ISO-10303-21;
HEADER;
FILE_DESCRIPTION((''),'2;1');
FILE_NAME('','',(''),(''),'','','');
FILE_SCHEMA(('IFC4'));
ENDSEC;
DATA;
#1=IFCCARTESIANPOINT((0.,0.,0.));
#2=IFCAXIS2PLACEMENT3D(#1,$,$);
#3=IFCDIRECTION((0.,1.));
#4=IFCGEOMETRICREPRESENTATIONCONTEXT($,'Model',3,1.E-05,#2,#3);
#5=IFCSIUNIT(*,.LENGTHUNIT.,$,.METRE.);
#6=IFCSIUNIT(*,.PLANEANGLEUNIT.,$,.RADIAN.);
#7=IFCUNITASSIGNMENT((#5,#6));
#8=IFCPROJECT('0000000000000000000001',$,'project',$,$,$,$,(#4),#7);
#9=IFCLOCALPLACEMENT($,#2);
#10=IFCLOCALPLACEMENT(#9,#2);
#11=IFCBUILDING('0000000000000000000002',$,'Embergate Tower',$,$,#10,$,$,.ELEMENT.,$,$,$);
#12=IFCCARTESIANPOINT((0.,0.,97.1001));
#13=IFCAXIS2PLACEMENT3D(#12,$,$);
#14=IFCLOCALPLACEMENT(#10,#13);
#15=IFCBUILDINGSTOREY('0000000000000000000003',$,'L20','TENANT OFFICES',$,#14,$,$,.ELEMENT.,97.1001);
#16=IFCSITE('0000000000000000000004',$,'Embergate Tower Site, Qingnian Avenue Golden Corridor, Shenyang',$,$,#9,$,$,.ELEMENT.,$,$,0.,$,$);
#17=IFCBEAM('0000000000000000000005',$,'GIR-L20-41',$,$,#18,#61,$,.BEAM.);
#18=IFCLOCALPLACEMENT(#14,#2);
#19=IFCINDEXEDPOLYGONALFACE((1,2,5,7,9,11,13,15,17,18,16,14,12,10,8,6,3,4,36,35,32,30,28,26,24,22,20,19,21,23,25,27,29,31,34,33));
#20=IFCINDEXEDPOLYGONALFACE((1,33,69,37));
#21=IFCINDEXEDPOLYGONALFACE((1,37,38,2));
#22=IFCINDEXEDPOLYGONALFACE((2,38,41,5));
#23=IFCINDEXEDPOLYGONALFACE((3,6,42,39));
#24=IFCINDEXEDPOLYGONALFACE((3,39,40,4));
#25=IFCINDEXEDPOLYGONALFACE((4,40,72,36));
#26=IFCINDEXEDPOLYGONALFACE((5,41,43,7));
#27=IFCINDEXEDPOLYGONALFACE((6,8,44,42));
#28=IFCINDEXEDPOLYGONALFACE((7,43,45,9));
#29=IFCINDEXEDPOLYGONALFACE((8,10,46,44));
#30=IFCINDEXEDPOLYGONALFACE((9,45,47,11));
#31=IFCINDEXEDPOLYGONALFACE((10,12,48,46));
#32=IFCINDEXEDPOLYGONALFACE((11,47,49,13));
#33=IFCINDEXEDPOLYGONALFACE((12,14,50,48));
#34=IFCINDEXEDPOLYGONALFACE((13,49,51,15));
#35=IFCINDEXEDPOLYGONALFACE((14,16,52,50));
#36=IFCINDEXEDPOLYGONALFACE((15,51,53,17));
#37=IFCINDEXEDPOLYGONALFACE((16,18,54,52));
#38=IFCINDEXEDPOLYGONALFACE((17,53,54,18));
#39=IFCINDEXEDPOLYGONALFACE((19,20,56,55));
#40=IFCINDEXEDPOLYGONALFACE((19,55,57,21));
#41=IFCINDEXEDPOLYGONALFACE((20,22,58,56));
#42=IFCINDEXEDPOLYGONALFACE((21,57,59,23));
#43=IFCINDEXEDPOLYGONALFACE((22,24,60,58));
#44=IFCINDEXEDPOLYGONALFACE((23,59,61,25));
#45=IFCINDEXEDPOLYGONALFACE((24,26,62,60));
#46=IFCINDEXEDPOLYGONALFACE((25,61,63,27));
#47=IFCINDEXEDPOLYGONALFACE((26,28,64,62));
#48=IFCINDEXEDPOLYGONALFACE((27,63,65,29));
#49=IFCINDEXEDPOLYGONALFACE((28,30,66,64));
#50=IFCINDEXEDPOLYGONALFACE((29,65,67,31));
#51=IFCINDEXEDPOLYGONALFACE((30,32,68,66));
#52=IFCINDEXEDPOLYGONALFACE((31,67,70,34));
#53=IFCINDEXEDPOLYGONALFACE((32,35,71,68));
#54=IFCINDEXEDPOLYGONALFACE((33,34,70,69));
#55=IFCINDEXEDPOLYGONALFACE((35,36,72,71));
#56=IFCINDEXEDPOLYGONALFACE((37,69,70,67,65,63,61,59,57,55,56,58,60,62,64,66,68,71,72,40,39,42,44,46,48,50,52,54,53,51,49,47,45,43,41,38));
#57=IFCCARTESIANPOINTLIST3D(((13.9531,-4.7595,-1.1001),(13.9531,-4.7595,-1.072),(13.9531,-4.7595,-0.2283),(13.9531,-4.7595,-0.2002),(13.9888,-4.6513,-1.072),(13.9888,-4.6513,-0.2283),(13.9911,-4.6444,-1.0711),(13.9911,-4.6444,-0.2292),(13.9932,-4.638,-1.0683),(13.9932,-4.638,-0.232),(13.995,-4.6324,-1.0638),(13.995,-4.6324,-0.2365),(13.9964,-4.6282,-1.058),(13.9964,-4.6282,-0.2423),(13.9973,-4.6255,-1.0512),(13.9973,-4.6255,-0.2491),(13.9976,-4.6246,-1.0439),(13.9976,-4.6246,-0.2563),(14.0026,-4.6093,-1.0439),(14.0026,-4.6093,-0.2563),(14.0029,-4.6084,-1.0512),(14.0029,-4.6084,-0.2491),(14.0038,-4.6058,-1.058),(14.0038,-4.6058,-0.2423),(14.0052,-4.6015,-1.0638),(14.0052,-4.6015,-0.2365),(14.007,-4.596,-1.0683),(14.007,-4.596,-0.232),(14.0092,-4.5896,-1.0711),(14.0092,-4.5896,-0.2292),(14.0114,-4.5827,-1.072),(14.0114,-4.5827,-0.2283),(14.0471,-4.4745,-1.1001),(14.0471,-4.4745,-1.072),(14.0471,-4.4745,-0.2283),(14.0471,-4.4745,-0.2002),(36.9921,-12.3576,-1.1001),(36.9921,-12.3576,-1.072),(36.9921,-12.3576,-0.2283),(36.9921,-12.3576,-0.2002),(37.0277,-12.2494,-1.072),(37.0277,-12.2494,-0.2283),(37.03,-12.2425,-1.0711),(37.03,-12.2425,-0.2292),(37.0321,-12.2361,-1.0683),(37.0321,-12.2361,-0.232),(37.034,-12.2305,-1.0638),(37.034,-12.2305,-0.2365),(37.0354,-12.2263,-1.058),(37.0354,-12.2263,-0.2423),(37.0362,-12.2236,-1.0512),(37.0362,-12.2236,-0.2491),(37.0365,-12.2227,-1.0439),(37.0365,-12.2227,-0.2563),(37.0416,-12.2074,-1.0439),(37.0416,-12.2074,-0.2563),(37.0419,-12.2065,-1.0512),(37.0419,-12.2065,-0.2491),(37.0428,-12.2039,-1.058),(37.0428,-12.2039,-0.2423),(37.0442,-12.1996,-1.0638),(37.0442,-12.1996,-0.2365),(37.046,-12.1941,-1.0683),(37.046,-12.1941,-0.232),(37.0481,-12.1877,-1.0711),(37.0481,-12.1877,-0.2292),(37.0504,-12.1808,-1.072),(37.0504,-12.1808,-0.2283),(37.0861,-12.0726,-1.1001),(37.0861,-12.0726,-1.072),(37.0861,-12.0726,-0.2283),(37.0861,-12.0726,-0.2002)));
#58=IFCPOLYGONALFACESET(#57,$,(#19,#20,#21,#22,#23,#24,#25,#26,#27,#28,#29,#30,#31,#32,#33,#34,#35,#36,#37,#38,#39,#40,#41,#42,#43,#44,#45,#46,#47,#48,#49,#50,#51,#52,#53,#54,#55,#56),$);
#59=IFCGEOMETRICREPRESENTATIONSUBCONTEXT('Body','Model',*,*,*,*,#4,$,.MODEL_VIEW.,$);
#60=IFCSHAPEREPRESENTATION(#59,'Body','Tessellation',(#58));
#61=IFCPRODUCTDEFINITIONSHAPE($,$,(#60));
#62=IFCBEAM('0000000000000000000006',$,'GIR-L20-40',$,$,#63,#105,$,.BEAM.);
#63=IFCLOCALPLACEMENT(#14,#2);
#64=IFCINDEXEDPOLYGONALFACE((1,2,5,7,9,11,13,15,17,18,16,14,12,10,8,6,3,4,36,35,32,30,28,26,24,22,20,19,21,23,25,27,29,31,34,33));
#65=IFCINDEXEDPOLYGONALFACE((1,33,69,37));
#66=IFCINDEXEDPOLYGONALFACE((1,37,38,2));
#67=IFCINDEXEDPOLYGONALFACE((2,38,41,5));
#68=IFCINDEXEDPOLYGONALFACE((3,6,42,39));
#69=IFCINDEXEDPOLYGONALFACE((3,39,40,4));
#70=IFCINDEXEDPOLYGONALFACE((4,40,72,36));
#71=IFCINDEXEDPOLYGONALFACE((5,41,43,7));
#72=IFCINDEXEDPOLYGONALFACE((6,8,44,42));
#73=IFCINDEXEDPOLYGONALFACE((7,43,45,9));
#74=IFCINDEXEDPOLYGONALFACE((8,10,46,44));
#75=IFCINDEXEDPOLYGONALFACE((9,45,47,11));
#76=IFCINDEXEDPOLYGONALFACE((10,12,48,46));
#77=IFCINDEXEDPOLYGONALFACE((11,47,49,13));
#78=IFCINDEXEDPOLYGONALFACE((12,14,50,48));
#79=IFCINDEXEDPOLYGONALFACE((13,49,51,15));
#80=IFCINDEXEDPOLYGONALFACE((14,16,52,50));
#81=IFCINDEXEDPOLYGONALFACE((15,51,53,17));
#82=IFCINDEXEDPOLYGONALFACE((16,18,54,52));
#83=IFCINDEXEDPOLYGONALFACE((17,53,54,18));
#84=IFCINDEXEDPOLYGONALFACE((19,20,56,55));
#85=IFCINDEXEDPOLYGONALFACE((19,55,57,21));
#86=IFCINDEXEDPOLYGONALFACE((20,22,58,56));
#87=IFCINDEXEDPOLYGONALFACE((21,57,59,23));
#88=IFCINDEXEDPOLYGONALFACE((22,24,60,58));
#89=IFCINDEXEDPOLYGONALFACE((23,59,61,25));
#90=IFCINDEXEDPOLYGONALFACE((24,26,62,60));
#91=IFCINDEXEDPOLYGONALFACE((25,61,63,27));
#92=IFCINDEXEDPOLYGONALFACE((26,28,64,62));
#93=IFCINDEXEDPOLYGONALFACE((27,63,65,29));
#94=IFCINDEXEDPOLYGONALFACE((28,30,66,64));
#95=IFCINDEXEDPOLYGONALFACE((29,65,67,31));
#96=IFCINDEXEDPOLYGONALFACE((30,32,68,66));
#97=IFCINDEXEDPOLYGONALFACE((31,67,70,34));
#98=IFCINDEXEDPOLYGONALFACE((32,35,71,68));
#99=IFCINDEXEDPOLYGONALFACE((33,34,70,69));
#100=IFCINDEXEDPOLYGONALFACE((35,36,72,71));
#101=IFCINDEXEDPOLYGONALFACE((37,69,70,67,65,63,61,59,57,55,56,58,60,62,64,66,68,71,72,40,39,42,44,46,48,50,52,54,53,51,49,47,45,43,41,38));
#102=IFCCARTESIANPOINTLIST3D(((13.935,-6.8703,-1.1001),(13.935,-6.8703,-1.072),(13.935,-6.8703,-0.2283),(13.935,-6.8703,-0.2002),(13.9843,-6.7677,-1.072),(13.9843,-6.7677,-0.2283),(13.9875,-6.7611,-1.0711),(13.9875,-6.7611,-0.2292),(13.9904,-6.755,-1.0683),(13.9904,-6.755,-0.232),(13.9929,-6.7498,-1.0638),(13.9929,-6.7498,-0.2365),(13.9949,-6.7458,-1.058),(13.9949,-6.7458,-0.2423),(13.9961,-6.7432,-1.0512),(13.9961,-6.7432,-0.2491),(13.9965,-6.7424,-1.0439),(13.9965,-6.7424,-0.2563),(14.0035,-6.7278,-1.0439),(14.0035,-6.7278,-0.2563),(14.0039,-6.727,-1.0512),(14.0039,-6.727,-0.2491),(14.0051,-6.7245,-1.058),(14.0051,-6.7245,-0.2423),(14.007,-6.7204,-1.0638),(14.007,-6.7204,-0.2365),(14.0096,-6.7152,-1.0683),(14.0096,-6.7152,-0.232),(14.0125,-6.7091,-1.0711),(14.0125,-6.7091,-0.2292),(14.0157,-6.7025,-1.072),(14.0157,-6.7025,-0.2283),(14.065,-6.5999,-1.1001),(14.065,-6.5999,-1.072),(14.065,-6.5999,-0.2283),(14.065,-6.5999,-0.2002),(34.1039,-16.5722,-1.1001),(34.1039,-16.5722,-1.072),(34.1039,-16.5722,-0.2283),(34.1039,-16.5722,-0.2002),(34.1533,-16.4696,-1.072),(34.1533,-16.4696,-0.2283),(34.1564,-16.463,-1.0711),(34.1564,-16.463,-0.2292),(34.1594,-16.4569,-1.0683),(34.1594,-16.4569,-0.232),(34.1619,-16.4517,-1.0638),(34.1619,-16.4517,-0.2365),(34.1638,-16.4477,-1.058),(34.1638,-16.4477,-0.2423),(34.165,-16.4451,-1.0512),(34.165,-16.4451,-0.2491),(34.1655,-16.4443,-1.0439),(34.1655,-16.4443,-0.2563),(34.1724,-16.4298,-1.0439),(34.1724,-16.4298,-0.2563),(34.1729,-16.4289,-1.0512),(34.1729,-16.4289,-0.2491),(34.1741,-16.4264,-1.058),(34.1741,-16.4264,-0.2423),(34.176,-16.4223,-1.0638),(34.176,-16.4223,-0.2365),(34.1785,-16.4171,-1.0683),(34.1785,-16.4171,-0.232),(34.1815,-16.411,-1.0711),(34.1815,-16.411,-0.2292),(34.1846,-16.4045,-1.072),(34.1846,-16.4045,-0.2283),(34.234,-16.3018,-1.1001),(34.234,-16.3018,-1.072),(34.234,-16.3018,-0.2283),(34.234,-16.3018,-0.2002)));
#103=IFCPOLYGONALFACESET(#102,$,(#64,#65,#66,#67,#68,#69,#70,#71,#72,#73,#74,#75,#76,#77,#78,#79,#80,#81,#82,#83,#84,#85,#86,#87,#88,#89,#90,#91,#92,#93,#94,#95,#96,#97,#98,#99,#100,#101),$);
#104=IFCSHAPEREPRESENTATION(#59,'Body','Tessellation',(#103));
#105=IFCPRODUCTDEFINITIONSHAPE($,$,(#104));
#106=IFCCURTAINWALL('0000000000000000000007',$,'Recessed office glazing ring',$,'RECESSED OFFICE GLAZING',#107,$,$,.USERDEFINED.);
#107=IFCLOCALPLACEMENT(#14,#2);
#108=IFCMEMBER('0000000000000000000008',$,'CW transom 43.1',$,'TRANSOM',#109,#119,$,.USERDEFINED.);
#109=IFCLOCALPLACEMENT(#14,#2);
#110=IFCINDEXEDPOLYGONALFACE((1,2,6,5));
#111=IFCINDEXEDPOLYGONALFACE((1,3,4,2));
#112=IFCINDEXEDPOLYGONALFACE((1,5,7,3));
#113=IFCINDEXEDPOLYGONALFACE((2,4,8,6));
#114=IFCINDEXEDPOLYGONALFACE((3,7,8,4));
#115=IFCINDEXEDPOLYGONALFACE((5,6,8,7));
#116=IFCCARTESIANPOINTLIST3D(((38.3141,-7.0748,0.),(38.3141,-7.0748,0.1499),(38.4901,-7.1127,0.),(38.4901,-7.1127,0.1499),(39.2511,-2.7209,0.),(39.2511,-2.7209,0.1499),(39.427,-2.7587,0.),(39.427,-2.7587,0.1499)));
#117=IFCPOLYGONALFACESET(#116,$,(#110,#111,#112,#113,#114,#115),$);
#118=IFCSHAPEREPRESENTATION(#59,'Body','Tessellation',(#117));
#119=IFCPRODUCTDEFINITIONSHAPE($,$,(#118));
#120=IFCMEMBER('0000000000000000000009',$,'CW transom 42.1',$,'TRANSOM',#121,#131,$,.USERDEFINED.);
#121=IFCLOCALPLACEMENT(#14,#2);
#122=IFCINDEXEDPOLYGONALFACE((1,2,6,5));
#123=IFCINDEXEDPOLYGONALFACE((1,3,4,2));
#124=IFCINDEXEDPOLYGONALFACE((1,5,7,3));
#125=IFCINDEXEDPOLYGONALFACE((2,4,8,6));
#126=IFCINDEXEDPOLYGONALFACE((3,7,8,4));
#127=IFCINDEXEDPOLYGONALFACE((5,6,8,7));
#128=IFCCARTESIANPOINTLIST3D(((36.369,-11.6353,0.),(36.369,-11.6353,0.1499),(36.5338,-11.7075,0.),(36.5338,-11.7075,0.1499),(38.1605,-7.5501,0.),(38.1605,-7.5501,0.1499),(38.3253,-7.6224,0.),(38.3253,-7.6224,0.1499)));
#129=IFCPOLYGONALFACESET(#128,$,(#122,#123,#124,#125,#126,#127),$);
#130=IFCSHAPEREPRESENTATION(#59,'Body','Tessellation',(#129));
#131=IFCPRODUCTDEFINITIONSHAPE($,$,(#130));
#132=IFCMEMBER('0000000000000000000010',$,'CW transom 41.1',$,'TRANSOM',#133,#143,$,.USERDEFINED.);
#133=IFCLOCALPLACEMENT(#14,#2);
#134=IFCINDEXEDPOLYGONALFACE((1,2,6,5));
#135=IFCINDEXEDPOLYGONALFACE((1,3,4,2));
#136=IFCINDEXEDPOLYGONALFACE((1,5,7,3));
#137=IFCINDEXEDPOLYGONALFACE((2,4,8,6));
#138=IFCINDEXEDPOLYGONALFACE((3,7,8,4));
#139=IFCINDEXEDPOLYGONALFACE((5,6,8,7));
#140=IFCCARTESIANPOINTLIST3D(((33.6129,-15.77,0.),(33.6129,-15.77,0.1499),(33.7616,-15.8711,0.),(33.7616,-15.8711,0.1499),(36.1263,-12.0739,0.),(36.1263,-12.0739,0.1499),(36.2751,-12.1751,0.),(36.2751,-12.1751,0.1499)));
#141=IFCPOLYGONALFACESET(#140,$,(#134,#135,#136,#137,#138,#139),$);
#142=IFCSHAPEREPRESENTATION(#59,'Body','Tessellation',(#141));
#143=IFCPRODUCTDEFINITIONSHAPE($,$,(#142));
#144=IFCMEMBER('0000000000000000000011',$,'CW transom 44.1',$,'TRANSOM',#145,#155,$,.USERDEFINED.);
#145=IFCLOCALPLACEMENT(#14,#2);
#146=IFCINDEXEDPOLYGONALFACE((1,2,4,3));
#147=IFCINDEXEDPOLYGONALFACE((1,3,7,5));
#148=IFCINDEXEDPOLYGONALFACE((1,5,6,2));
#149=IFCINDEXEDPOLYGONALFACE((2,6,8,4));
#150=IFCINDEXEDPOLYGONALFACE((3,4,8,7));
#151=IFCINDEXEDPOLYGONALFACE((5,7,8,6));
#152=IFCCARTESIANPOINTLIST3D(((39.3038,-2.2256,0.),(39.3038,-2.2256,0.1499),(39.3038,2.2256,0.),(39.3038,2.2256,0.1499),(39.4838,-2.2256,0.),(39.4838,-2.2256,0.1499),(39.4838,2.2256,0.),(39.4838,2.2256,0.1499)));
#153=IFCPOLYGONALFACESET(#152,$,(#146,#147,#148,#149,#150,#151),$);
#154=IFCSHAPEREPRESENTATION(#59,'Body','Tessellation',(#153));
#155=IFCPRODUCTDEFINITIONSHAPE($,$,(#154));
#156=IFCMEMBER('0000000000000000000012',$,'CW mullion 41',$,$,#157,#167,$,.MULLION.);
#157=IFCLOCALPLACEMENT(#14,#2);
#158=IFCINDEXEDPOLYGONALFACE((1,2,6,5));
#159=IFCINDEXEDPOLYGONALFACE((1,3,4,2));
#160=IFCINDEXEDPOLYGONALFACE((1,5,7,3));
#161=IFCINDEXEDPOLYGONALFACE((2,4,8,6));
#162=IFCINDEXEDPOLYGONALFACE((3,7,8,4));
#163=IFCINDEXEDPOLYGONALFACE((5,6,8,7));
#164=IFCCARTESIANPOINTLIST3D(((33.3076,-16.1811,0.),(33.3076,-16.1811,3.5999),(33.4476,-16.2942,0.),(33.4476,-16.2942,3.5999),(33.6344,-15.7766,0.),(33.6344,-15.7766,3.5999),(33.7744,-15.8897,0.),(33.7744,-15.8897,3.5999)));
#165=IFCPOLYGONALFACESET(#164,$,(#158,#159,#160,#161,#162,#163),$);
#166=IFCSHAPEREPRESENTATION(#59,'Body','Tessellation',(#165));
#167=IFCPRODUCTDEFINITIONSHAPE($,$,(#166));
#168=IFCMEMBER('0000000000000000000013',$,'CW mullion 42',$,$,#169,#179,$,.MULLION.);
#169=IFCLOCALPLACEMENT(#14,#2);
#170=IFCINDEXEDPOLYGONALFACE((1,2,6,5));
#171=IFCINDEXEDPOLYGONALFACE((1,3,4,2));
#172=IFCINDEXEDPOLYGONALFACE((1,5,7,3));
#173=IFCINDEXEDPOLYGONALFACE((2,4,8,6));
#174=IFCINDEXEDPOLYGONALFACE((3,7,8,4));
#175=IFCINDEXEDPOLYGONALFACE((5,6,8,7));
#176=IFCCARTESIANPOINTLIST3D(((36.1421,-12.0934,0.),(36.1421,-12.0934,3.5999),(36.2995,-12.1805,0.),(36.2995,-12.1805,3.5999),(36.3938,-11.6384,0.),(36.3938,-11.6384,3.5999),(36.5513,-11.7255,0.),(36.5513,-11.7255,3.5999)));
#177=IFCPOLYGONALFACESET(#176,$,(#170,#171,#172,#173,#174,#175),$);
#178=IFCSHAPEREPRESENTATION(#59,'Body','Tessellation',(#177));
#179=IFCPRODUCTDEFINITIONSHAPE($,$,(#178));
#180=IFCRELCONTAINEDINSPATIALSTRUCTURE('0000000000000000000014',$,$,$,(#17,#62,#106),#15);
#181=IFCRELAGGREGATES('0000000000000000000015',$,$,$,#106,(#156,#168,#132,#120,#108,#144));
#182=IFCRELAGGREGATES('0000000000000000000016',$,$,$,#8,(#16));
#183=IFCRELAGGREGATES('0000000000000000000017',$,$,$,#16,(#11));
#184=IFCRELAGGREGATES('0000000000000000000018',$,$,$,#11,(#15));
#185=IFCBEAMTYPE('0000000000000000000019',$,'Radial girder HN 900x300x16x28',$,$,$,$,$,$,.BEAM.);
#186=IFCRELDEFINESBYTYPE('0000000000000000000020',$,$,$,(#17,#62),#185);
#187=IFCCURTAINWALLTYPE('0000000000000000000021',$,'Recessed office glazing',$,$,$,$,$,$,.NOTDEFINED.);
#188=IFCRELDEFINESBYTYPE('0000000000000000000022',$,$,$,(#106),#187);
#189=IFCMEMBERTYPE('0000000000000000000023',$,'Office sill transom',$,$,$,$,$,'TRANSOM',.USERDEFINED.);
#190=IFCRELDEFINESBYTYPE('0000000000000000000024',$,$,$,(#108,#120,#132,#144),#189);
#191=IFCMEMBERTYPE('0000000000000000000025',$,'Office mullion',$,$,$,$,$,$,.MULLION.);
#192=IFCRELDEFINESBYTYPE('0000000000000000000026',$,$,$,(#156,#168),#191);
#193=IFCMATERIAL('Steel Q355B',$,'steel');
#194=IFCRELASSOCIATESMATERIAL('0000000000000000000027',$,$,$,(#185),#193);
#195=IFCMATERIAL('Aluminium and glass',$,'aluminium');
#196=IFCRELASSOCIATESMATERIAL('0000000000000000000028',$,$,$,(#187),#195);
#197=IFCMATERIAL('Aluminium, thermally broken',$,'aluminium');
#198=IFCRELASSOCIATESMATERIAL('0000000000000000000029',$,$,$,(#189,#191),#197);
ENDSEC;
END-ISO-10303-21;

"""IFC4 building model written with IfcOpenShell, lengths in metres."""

from ifc_helpers import new_model, si_unit, direction, frame, origin, origin_2d, place, context, subcontext, project, spatial, rectangle, i_section, extrude, source, transform, mapped, material, material_profile, profile_set, type_object, element, aggregate, save


model = new_model("IFC4")

# Units and contexts
model_context = context("Model", 3, precision=1e-05, world=origin(), true_north=direction((0.0, 1.0)))
body_context = subcontext(model_context, "Body", "Model", "MODEL_VIEW")
ifc_project = project(units=[si_unit("LENGTHUNIT", "METRE"), si_unit("PLANEANGLEUNIT", "RADIAN")], contexts=[model_context])

# Site, building, storey
site_placement = place(None, origin())
site = spatial("IfcSite", under=ifc_project, at=site_placement, Name="Embergate Tower Site, Qingnian Avenue Golden Corridor, Shenyang", CompositionType="ELEMENT", RefElevation=0.0)
building_placement = place(site_placement, origin())
building = spatial("IfcBuilding", under=site, at=building_placement, Name="Embergate Tower", CompositionType="ELEMENT")
storey_placement = place(building_placement, frame((0.0, 0.0, 97.1001)))
storey = spatial("IfcBuildingStorey", under=building, at=storey_placement, Name="L20", Description="TENANT OFFICES", CompositionType="ELEMENT", Elevation=97.1001)

# Beams
ifc_material_1 = material(Name="Steel Q355B", Category="steel")
ifc_material_profile_1 = material_profile(ifc_material_1, i_section(OverallWidth=0.3, OverallDepth=0.8999, WebThickness=0.0161, FlangeThickness=0.0281, FilletRadius=0.0281, at=origin_2d()), Name="HN 900x300x16x28")
ifc_profile_set_1 = profile_set([ifc_material_profile_1], Name="Steel Q355 grade B")
beam_type_1 = type_object("IfcBeamType", Name="Radial girder HN 900x300x16x28", PredefinedType="BEAM", material=ifc_profile_set_1)
shared_shape_1 = source(origin(), body_context, "Body", "SweptSolid", [
    extrude(i_section(OverallWidth=0.3, OverallDepth=0.8999, WebThickness=0.0161, FlangeThickness=0.0281, FilletRadius=0.0281, at=origin_2d()), origin(), (0.0, 0.0, 1.0), 24.2595),
])
beam_1_placement = place(storey_placement, frame((37.0391, -12.2151, -0.6501), z_axis=(-0.949687, 0.313201, 0.0), x_axis=(-0.313201, -0.949687, 0.0)))
element("IfcBeam", 1, at=beam_1_placement, inside=storey, type_object=beam_type_1, Name="GIR-L20-41", PredefinedType="BEAM", context=body_context, shape_type="MappedRepresentation", body=[
    mapped(shared_shape_1, transform((0.0, 0.0, 0.0))),
])
shared_shape_2 = source(origin(), body_context, "Body", "SweptSolid", [
    extrude(i_section(OverallWidth=0.3, OverallDepth=0.8999, WebThickness=0.0161, FlangeThickness=0.0281, FilletRadius=0.0281, at=origin_2d()), origin(), (0.0, 0.0, 1.0), 22.3811),
])
beam_2_placement = place(storey_placement, frame((34.1689, -16.437, -0.6501), z_axis=(-0.90116, 0.433487, 0.0), x_axis=(-0.433487, -0.90116, 0.0)))
element("IfcBeam", 2, at=beam_2_placement, inside=storey, type_object=beam_type_1, Name="GIR-L20-40", PredefinedType="BEAM", context=body_context, shape_type="MappedRepresentation", body=[
    mapped(shared_shape_2, transform((0.0, 0.0, 0.0))),
])

# Curtain wall, members
ifc_material_2 = material(Name="Aluminium and glass", Category="aluminium")
curtain_wall_type = type_object("IfcCurtainWallType", Name="Recessed office glazing", PredefinedType="NOTDEFINED", material=ifc_material_2)
curtain_wall_placement = place(storey_placement, origin())
curtain_wall = element("IfcCurtainWall", 3, at=curtain_wall_placement, inside=storey, type_object=curtain_wall_type, Name="Recessed office glazing ring", ObjectType="RECESSED OFFICE GLAZING", PredefinedType="USERDEFINED")
ifc_material_3 = material(Name="Aluminium, thermally broken", Category="aluminium")
ifc_material_profile_2 = material_profile(ifc_material_3, rectangle(XDim=0.1799, YDim=0.1499, at=origin_2d()), Name="AL 150x180")
ifc_profile_set_2 = profile_set([ifc_material_profile_2], Name="Aluminium, thermally broken")
member_type_1 = type_object("IfcMemberType", Name="Office sill transom", ElementType="TRANSOM", PredefinedType="USERDEFINED", material=ifc_profile_set_2)
shared_shape_3 = source(origin(), body_context, "Body", "SweptSolid", [
    extrude(rectangle(XDim=0.1799, YDim=0.1499, at=origin_2d()), origin(), (0.0, 0.0, 1.0), 4.4536),
])
member_1_placement = place(storey_placement, frame((38.4021, -7.0938, 0.075), z_axis=(0.21039, 0.977618, 0.0), x_axis=(-0.977618, 0.21039, 0.0)))
member_1 = element("IfcMember", 4, at=member_1_placement, type_object=member_type_1, Name="CW transom 43.1", ObjectType="TRANSOM", PredefinedType="USERDEFINED", context=body_context, shape_type="MappedRepresentation", body=[
    mapped(shared_shape_3, transform((0.0, 0.0, 0.0))),
])
shared_shape_4 = source(origin(), body_context, "Body", "SweptSolid", [
    extrude(rectangle(XDim=0.1799, YDim=0.1499, at=origin_2d()), origin(), (0.0, 0.0, 1.0), 4.4607),
])
member_2_placement = place(storey_placement, frame((36.4514, -11.6714, 0.075), z_axis=(0.401614, 0.915809, 0.0), x_axis=(-0.915809, 0.401614, 0.0)))
member_2 = element("IfcMember", 5, at=member_2_placement, type_object=member_type_1, Name="CW transom 42.1", ObjectType="TRANSOM", PredefinedType="USERDEFINED", context=body_context, shape_type="MappedRepresentation", body=[
    mapped(shared_shape_4, transform((0.0, 0.0, 0.0))),
])
shared_shape_5 = source(origin(), body_context, "Body", "SweptSolid", [
    extrude(rectangle(XDim=0.1799, YDim=0.1499, at=origin_2d()), origin(), (0.0, 0.0, 1.0), 4.4697),
])
member_3_placement = place(storey_placement, frame((33.6873, -15.8206, 0.075), z_axis=(0.562328, 0.826914, 0.0), x_axis=(-0.826914, 0.562328, 0.0)))
member_3 = element("IfcMember", 6, at=member_3_placement, type_object=member_type_1, Name="CW transom 41.1", ObjectType="TRANSOM", PredefinedType="USERDEFINED", context=body_context, shape_type="MappedRepresentation", body=[
    mapped(shared_shape_5, transform((0.0, 0.0, 0.0))),
])
shared_shape_6 = source(origin(), body_context, "Body", "SweptSolid", [
    extrude(rectangle(XDim=0.1799, YDim=0.1499, at=origin_2d()), origin(), (0.0, 0.0, 1.0), 4.4512),
])
member_4_placement = place(storey_placement, frame((39.3938, -2.2256, 0.075), z_axis=(0.0, 1.0, 0.0), x_axis=(-1.0, 0.0, 0.0)))
member_4 = element("IfcMember", 7, at=member_4_placement, type_object=member_type_1, Name="CW transom 44.1", ObjectType="TRANSOM", PredefinedType="USERDEFINED", context=body_context, shape_type="MappedRepresentation", body=[
    mapped(shared_shape_6, transform((0.0, 0.0, 0.0))),
])
ifc_material_profile_3 = material_profile(ifc_material_3, rectangle(XDim=0.1799, YDim=0.52, at=origin_2d()), Name="AL 520x180")
ifc_profile_set_3 = profile_set([ifc_material_profile_3], Name="Aluminium, thermally broken")
member_type_2 = type_object("IfcMemberType", Name="Office mullion", PredefinedType="MULLION", material=ifc_profile_set_3)
shared_shape_7 = source(origin(), body_context, "Body", "SweptSolid", [
    extrude(rectangle(XDim=0.1799, YDim=0.52, at=origin_2d()), origin(), (0.0, 0.0, 1.0), 3.5999),
])
member_5_placement = place(storey_placement, frame((33.541, -16.0354, 0.0), z_axis=(0.0, 0.0, 1.0), x_axis=(-0.777884, 0.628408, 0.0)))
member_5 = element("IfcMember", 8, at=member_5_placement, type_object=member_type_2, Name="CW mullion 41", PredefinedType="MULLION", context=body_context, shape_type="MappedRepresentation", body=[
    mapped(shared_shape_7, transform((0.0, 0.0, 0.0))),
])
member_6_placement = place(storey_placement, frame((36.3467, -11.9094, 0.0), z_axis=(0.0, 0.0, 1.0), x_axis=(-0.87501, 0.484104, 0.0)))
member_6 = element("IfcMember", 9, at=member_6_placement, type_object=member_type_2, Name="CW mullion 42", PredefinedType="MULLION", context=body_context, shape_type="MappedRepresentation", body=[
    mapped(shared_shape_7, transform((0.0, 0.0, 0.0))),
])
aggregate(curtain_wall, [member_5, member_6, member_3, member_2, member_1, member_4])

save(model, "model.ifc")
